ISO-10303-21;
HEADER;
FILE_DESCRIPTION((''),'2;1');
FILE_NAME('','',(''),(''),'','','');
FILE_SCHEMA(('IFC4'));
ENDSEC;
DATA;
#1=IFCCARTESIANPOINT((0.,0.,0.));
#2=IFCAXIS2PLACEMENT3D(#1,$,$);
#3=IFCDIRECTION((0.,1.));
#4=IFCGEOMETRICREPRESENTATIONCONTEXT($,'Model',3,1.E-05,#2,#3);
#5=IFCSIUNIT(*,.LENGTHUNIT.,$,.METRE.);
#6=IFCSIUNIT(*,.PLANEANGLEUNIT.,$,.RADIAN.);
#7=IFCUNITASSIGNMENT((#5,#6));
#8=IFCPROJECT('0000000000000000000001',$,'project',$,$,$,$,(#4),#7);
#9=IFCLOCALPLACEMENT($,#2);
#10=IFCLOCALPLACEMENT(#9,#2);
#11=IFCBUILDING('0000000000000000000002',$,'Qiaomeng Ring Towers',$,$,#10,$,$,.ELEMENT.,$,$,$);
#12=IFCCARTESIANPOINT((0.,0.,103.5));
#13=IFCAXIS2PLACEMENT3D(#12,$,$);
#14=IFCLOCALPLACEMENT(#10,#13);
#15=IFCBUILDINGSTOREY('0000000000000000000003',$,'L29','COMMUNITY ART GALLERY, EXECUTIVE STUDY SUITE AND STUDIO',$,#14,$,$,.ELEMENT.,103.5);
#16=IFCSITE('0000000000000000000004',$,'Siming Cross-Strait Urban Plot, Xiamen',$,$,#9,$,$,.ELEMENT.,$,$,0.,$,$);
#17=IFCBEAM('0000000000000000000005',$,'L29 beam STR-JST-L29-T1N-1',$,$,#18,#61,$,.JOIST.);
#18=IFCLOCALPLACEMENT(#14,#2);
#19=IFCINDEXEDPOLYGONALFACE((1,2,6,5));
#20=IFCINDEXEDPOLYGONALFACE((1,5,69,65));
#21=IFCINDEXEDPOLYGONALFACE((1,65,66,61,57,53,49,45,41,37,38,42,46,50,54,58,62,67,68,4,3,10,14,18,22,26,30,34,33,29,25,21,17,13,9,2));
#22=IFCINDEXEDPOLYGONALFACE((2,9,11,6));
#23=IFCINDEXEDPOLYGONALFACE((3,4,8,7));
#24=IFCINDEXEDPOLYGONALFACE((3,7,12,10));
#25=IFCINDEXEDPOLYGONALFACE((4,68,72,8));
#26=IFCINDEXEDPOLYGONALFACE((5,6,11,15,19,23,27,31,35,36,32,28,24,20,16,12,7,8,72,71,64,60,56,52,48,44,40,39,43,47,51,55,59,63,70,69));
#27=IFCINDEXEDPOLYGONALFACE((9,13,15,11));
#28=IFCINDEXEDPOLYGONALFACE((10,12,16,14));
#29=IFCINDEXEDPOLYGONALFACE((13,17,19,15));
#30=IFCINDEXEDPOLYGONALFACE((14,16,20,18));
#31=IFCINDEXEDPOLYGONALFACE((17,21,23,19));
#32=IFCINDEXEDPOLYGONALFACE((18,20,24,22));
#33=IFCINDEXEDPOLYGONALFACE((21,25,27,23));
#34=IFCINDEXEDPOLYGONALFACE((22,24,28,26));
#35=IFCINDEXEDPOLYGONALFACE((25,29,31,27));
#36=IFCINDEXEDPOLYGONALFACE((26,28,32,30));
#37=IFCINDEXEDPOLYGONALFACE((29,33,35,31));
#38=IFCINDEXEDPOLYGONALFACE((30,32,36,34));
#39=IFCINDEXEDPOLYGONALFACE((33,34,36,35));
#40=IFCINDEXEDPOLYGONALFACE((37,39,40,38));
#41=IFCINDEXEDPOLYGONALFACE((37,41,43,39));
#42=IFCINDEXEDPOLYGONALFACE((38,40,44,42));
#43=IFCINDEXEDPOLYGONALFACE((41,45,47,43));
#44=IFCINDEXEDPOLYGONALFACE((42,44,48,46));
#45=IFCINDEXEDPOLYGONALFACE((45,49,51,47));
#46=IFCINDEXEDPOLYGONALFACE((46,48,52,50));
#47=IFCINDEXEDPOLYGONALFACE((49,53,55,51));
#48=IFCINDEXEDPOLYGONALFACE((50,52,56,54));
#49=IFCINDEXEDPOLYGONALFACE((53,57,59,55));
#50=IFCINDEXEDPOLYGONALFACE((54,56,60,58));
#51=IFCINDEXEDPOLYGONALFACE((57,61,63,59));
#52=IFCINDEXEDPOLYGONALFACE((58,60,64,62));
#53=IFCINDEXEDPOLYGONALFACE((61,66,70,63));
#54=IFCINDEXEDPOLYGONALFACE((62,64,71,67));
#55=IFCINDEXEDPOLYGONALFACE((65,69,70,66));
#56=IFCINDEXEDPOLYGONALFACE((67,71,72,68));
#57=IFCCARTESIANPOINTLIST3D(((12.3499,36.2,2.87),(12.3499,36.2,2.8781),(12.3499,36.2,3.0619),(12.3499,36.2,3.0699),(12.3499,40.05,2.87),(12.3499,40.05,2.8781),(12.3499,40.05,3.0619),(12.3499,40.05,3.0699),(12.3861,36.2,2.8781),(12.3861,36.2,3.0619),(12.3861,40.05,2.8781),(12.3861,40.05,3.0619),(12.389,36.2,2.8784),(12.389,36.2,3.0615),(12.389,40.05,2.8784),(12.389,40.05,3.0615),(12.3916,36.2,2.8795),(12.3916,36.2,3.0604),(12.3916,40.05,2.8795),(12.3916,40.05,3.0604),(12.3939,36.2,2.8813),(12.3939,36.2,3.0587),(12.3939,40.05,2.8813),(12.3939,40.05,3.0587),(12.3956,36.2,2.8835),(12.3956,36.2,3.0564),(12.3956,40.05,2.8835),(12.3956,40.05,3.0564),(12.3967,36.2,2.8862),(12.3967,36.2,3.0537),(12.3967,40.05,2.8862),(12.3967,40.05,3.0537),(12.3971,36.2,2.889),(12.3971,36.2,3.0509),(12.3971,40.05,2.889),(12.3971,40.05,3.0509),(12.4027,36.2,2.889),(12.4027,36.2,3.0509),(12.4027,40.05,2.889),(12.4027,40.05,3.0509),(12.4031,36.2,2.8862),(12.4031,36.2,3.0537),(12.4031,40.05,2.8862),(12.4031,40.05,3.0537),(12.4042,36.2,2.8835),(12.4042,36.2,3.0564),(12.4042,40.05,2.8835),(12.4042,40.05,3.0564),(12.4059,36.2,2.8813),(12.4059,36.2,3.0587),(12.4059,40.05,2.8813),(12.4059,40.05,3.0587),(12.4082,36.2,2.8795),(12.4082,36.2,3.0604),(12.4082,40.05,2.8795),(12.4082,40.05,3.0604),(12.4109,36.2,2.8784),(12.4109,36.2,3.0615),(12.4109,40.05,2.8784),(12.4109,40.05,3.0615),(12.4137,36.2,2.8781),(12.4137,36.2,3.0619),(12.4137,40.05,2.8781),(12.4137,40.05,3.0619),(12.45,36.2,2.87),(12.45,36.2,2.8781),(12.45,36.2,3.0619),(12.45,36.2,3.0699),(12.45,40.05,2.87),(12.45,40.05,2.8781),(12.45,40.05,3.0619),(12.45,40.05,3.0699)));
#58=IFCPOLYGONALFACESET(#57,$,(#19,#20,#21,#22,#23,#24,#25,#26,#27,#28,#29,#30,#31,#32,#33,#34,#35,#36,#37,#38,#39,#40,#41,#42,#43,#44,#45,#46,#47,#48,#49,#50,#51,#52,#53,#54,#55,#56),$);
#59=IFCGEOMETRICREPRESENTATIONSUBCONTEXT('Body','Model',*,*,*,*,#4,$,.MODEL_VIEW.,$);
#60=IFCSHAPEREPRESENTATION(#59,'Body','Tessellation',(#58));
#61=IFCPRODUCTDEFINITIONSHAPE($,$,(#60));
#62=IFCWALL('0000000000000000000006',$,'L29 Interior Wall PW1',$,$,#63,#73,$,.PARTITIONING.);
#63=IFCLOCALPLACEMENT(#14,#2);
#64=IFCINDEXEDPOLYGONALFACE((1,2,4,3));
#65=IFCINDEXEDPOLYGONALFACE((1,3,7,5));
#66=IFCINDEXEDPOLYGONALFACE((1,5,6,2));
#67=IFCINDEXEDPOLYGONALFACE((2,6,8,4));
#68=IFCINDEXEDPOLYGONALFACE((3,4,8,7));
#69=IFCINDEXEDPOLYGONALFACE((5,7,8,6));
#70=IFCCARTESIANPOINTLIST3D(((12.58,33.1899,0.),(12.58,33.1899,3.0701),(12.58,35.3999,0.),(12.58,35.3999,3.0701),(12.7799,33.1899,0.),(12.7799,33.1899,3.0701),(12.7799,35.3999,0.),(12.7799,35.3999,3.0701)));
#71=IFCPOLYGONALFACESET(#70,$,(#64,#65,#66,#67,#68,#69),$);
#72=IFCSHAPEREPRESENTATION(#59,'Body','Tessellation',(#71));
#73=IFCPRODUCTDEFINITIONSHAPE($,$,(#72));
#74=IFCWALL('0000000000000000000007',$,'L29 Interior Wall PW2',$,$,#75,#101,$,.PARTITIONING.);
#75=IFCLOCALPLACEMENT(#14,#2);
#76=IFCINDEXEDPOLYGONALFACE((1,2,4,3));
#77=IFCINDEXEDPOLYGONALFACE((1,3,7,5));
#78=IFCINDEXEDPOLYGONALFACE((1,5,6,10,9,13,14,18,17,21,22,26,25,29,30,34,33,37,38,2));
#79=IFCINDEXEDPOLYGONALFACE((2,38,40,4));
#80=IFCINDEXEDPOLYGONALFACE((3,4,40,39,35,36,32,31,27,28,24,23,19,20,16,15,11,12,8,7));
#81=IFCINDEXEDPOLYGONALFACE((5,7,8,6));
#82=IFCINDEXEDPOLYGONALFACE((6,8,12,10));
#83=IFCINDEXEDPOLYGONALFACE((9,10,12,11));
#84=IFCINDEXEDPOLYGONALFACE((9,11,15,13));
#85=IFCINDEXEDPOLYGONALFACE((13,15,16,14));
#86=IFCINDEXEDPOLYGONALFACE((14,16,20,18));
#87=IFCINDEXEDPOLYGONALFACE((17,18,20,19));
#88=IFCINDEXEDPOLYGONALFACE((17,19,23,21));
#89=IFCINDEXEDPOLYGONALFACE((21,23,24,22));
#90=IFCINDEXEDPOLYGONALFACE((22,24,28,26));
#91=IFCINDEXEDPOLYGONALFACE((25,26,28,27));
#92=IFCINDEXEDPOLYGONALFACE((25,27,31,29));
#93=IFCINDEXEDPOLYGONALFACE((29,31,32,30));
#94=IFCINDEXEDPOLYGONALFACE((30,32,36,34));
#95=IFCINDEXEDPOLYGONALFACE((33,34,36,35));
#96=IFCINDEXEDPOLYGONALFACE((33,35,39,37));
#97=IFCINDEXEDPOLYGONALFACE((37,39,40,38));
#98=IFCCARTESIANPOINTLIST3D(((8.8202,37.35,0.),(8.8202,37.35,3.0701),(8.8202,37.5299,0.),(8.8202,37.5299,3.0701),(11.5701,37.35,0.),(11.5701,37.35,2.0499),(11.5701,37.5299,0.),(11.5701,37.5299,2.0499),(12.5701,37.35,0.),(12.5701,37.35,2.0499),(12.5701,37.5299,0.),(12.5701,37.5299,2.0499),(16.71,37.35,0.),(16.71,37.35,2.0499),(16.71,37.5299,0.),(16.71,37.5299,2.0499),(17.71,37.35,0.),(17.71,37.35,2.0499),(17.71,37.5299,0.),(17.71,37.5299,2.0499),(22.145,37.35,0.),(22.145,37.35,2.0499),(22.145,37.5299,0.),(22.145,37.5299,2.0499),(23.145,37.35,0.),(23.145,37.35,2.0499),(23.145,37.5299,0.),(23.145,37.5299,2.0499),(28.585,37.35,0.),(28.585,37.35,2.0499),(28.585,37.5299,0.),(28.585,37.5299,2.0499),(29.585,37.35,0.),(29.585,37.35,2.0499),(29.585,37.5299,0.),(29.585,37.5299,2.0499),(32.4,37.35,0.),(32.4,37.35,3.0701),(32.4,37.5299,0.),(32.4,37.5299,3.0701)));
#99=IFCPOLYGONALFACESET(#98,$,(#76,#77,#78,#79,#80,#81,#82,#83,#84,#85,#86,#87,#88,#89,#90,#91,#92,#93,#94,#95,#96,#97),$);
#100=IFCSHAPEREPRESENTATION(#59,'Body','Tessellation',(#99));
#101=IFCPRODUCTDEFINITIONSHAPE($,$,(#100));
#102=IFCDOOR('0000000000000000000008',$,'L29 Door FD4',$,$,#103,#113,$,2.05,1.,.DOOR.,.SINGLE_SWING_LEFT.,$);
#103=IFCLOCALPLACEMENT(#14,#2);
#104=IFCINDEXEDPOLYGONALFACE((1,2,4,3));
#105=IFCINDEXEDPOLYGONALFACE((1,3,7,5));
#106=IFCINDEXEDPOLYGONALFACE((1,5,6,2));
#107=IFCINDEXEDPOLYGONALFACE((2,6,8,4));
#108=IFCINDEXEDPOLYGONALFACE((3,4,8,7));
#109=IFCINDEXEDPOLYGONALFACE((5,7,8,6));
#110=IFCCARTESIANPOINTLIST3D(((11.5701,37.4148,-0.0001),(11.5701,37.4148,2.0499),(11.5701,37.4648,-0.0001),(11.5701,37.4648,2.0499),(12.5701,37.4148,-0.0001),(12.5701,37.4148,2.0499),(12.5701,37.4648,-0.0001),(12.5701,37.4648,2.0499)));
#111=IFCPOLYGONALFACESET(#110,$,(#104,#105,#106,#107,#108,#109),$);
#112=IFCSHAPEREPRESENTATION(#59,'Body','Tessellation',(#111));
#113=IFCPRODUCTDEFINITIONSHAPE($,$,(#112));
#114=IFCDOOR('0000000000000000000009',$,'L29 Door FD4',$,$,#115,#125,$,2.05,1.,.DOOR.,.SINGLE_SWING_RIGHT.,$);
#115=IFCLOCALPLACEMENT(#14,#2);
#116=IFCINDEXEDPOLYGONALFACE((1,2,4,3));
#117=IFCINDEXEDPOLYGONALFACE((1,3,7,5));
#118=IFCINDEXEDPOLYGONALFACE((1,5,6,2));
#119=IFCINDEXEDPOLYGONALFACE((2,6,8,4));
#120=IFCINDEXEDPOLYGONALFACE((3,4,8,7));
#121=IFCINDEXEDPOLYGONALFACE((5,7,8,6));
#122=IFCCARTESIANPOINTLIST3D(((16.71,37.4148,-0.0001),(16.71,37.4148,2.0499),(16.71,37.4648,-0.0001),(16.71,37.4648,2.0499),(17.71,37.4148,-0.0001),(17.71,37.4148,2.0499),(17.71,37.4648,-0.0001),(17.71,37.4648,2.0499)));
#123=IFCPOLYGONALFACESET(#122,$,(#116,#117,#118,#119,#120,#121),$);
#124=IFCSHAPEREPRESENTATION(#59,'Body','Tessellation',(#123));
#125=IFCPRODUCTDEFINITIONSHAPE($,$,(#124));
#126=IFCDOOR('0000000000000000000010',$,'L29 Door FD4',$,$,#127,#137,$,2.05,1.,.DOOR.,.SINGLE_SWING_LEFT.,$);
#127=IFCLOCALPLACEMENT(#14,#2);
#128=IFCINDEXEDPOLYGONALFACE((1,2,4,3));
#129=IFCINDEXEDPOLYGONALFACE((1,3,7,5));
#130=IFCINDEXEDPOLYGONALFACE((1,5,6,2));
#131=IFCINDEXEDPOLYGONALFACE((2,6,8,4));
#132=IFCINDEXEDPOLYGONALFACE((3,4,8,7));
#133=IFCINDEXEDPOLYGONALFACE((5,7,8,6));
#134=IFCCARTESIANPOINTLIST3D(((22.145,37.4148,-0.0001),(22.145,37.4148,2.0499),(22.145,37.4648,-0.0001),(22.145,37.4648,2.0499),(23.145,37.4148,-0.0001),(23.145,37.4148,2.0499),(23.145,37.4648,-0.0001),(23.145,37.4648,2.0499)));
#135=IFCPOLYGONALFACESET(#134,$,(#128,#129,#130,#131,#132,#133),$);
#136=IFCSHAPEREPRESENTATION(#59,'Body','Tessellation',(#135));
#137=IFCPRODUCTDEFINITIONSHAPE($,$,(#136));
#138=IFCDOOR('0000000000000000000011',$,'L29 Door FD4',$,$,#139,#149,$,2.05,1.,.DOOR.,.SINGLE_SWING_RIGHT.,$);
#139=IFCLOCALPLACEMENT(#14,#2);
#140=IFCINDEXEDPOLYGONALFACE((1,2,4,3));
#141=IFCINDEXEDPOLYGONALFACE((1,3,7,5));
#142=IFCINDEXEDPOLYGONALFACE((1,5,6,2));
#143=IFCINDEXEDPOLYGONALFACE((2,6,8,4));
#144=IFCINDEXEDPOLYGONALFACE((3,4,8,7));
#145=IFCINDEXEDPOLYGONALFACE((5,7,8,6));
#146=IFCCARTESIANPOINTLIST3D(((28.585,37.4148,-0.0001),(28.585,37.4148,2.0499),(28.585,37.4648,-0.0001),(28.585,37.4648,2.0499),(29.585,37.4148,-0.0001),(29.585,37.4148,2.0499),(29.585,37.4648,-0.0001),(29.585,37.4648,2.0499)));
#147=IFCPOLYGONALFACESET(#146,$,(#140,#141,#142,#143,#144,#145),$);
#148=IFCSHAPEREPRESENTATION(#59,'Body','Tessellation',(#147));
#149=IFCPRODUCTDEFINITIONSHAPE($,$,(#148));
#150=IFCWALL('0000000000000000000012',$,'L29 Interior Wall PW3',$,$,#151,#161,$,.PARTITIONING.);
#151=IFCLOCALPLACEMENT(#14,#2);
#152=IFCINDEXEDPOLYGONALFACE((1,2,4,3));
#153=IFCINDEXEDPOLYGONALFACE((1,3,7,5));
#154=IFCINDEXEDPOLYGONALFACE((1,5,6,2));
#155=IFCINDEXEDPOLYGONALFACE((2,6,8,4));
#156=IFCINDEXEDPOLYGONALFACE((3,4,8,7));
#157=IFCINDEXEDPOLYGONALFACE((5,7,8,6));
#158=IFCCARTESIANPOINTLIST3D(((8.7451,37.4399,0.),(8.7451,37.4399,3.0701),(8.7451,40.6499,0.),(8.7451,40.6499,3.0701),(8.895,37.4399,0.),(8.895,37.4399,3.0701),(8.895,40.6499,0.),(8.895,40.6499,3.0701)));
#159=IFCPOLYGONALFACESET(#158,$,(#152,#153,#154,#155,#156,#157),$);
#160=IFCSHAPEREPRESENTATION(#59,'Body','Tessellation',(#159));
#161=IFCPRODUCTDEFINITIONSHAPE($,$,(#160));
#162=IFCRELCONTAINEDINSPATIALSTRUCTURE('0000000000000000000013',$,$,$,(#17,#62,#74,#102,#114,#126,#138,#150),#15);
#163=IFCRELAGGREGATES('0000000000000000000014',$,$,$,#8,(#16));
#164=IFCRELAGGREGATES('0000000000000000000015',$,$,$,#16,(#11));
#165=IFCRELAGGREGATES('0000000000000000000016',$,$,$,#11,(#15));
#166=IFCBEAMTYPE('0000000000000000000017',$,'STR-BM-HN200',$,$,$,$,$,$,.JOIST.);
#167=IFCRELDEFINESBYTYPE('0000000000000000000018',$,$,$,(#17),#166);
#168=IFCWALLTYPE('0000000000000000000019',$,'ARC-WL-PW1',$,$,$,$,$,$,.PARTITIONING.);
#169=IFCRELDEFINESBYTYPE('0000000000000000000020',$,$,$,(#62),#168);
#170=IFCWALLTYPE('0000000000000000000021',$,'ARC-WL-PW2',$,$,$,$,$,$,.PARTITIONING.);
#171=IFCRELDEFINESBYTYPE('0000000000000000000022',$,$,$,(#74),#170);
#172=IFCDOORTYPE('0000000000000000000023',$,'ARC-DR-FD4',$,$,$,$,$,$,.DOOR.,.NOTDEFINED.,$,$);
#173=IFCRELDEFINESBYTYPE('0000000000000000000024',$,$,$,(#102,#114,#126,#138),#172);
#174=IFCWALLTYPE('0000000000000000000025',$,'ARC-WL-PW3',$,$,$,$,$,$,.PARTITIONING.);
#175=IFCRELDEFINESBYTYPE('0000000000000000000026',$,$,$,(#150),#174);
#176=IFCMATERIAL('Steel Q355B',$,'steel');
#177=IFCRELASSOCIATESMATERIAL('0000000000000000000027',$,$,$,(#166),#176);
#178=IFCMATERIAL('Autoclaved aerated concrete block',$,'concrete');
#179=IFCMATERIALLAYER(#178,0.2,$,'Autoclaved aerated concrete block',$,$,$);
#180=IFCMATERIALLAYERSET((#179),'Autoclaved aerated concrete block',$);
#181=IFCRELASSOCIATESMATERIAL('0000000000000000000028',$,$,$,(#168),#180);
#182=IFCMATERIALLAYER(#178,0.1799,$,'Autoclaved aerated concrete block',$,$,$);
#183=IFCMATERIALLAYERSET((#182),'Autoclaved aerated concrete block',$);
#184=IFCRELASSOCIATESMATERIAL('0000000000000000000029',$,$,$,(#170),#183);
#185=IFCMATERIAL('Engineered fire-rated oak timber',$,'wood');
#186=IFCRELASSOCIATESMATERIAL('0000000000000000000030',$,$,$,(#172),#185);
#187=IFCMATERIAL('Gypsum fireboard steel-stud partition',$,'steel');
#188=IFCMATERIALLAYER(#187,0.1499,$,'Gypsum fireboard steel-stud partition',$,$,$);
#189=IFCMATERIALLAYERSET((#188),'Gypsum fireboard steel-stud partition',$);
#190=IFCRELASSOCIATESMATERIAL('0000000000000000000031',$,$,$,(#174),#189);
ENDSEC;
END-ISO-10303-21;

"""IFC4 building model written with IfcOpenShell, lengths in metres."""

from ifc_helpers import new_model, si_unit, direction, frame, frame_2d, origin, origin_2d, place, context, subcontext, project, spatial, rectangle, i_section, extrude, source, transform, mapped, material, layer, layer_set, material_profile, profile_set, type_object, element, fill, save


model = new_model("IFC4")

# Units and contexts
model_context = context("Model", 3, precision=1e-05, world=origin(), true_north=direction((0.0, 1.0)))
body_context = subcontext(model_context, "Body", "Model", "MODEL_VIEW")
ifc_project = project(units=[si_unit("LENGTHUNIT", "METRE"), si_unit("PLANEANGLEUNIT", "RADIAN")], contexts=[model_context])

# Site, building, storey
site_placement = place(None, origin())
site = spatial("IfcSite", under=ifc_project, at=site_placement, Name="Siming Cross-Strait Urban Plot, Xiamen", CompositionType="ELEMENT", RefElevation=0.0)
building_placement = place(site_placement, origin())
building = spatial("IfcBuilding", under=site, at=building_placement, Name="Qiaomeng Ring Towers", CompositionType="ELEMENT")
storey_placement = place(building_placement, frame((0.0, 0.0, 103.5)))
storey = spatial("IfcBuildingStorey", under=building, at=storey_placement, Name="L29", Description="COMMUNITY ART GALLERY, EXECUTIVE STUDY SUITE AND STUDIO", CompositionType="ELEMENT", Elevation=103.5)

# Beam
ifc_material_1 = material(Name="Steel Q355B", Category="steel")
ifc_material_profile = material_profile(ifc_material_1, i_section(OverallWidth=0.1001, OverallDepth=0.2, WebThickness=0.0056, FlangeThickness=0.0081, FilletRadius=0.011, at=origin_2d()), Name="HN 200x100x5.5x8")
ifc_profile_set = profile_set([ifc_material_profile], Name="Steel Q355B")
beam_type = type_object("IfcBeamType", Name="STR-BM-HN200", PredefinedType="JOIST", material=ifc_profile_set)
shared_shape_1 = source(origin(), body_context, "Body", "SweptSolid", [
    extrude(i_section(OverallWidth=0.1001, OverallDepth=0.2, WebThickness=0.0056, FlangeThickness=0.0081, FilletRadius=0.011, at=origin_2d()), origin(), (0.0, 0.0, 1.0), 3.8501),
])
beam_placement = place(storey_placement, frame((12.3999, 36.2, 2.97), z_axis=(0.0, 1.0, 0.0), x_axis=(-1.0, 0.0, 0.0)))
element("IfcBeam", 1, at=beam_placement, inside=storey, type_object=beam_type, Name="L29 beam STR-JST-L29-T1N-1", PredefinedType="JOIST", context=body_context, shape_type="MappedRepresentation", body=[
    mapped(shared_shape_1, transform((0.0, 0.0, 0.0), x_axis=(1.0, 0.0, 0.0), y_axis=(0.0, 1.0, 0.0), z_axis=(0.0, 0.0, 1.0), scale=1.0)),
])

# Wall
ifc_material_2 = material(Name="Autoclaved aerated concrete block", Category="concrete")
ifc_layer_1 = layer(ifc_material_2, 0.2, Name="Autoclaved aerated concrete block")
ifc_layer_set_1 = layer_set([ifc_layer_1], Name="Autoclaved aerated concrete block")
wall_type_1 = type_object("IfcWallType", Name="ARC-WL-PW1", PredefinedType="PARTITIONING", material=ifc_layer_set_1)
wall_1_placement = place(storey_placement, frame((12.6799, 33.1899, 0.0), z_axis=(0.0, 0.0, 1.0), x_axis=(0.0, 1.0, 0.0)))
element("IfcWall", 2, at=wall_1_placement, inside=storey, type_object=wall_type_1, Name="L29 Interior Wall PW1", PredefinedType="PARTITIONING", context=body_context, shape_type="SweptSolid", body=[
    extrude(rectangle(XDim=2.21, YDim=0.2, at=frame_2d((1.105, 0.0))), origin(), (0.0, 0.0, 1.0), 3.0701),
])

# Wall, openings, doors
ifc_layer_2 = layer(ifc_material_2, 0.1799, Name="Autoclaved aerated concrete block")
ifc_layer_set_2 = layer_set([ifc_layer_2], Name="Autoclaved aerated concrete block")
wall_type_2 = type_object("IfcWallType", Name="ARC-WL-PW2", PredefinedType="PARTITIONING", material=ifc_layer_set_2)
wall_2_placement = place(storey_placement, frame((8.8201, 37.4399, 0.0), z_axis=(0.0, 0.0, 1.0), x_axis=(1.0, 0.0, 0.0)))
wall_2 = element("IfcWall", 3, at=wall_2_placement, inside=storey, type_object=wall_type_2, Name="L29 Interior Wall PW2", PredefinedType="PARTITIONING", context=body_context, shape_type="SweptSolid", body=[
    extrude(rectangle(XDim=23.5798, YDim=0.1799, at=frame_2d((11.79, 0.0))), origin(), (0.0, 0.0, 1.0), 3.0701),
])
opening_1_placement = place(wall_2_placement, frame((2.75, 0.0, 0.0)))
opening_1 = element("IfcOpeningElement", 4, at=opening_1_placement, cuts=wall_2, PredefinedType="OPENING", context=body_context, shape_type="SweptSolid", body=[
    extrude(rectangle(XDim=1.0, YDim=2.05, at=frame_2d((0.5, 1.0249))), frame((0.0, 0.0999, 0.0), z_axis=(0.0, -1.0, 0.0), x_axis=(1.0, 0.0, 0.0)), (0.0, 0.0, 1.0), 0.2),
])
opening_2_placement = place(wall_2_placement, frame((7.8899, 0.0, 0.0)))
opening_2 = element("IfcOpeningElement", 5, at=opening_2_placement, cuts=wall_2, PredefinedType="OPENING", context=body_context, shape_type="SweptSolid", body=[
    extrude(rectangle(XDim=1.0, YDim=2.05, at=frame_2d((0.5, 1.0249))), frame((0.0, 0.0999, 0.0), z_axis=(0.0, -1.0, 0.0), x_axis=(1.0, 0.0, 0.0)), (0.0, 0.0, 1.0), 0.2),
])
opening_3_placement = place(wall_2_placement, frame((13.325, 0.0, 0.0)))
opening_3 = element("IfcOpeningElement", 6, at=opening_3_placement, cuts=wall_2, PredefinedType="OPENING", context=body_context, shape_type="SweptSolid", body=[
    extrude(rectangle(XDim=1.0, YDim=2.05, at=frame_2d((0.5, 1.0249))), frame((0.0, 0.0999, 0.0), z_axis=(0.0, -1.0, 0.0), x_axis=(1.0, 0.0, 0.0)), (0.0, 0.0, 1.0), 0.2),
])
opening_4_placement = place(wall_2_placement, frame((19.7649, 0.0, 0.0)))
opening_4 = element("IfcOpeningElement", 7, at=opening_4_placement, cuts=wall_2, PredefinedType="OPENING", context=body_context, shape_type="SweptSolid", body=[
    extrude(rectangle(XDim=1.0, YDim=2.05, at=frame_2d((0.5, 1.0249))), frame((0.0, 0.0999, 0.0), z_axis=(0.0, -1.0, 0.0), x_axis=(1.0, 0.0, 0.0)), (0.0, 0.0, 1.0), 0.2),
])
ifc_material_3 = material(Name="Engineered fire-rated oak timber", Category="wood")
door_type_1 = type_object("IfcDoorType", Name="ARC-DR-FD4", OperationType="NOTDEFINED", PredefinedType="DOOR", material=ifc_material_3)
shared_shape_2 = source(origin(), body_context, "Body", "SweptSolid", [
    extrude(rectangle(XDim=1.0, YDim=2.05, at=frame_2d((0.5, 1.0249))), frame((0.0, 0.0249, 0.0), z_axis=(0.0, -1.0, 0.0), x_axis=(1.0, 0.0, 0.0)), (0.0, 0.0, 1.0), 0.05),
])
door_1_placement = place(opening_1_placement, origin())
door_1 = element("IfcDoor", 8, at=door_1_placement, inside=storey, type_object=door_type_1, Name="L29 Door FD4", OperationType="SINGLE_SWING_LEFT", OverallHeight=2.05, OverallWidth=1.0, PredefinedType="DOOR", context=body_context, shape_type="MappedRepresentation", body=[
    mapped(shared_shape_2, transform((0.0, 0.0, 0.0), x_axis=(1.0, 0.0, 0.0), y_axis=(0.0, 1.0, 0.0), z_axis=(0.0, 0.0, 1.0), scale=1.0)),
])
fill(opening_1, door_1)
door_2_placement = place(opening_2_placement, origin())
door_2 = element("IfcDoor", 9, at=door_2_placement, inside=storey, type_object=door_type_1, Name="L29 Door FD4", OperationType="SINGLE_SWING_RIGHT", OverallHeight=2.05, OverallWidth=1.0, PredefinedType="DOOR", context=body_context, shape_type="MappedRepresentation", body=[
    mapped(shared_shape_2, transform((0.0, 0.0, 0.0), x_axis=(1.0, 0.0, 0.0), y_axis=(0.0, 1.0, 0.0), z_axis=(0.0, 0.0, 1.0), scale=1.0)),
])
fill(opening_2, door_2)
door_3_placement = place(opening_3_placement, origin())
door_3 = element("IfcDoor", 10, at=door_3_placement, inside=storey, type_object=door_type_1, Name="L29 Door FD4", OperationType="SINGLE_SWING_LEFT", OverallHeight=2.05, OverallWidth=1.0, PredefinedType="DOOR", context=body_context, shape_type="MappedRepresentation", body=[
    mapped(shared_shape_2, transform((0.0, 0.0, 0.0), x_axis=(1.0, 0.0, 0.0), y_axis=(0.0, 1.0, 0.0), z_axis=(0.0, 0.0, 1.0), scale=1.0)),
])
fill(opening_3, door_3)
door_4_placement = place(opening_4_placement, origin())
door_4 = element("IfcDoor", 11, at=door_4_placement, inside=storey, type_object=door_type_1, Name="L29 Door FD4", OperationType="SINGLE_SWING_RIGHT", OverallHeight=2.05, OverallWidth=1.0, PredefinedType="DOOR", context=body_context, shape_type="MappedRepresentation", body=[
    mapped(shared_shape_2, transform((0.0, 0.0, 0.0), x_axis=(1.0, 0.0, 0.0), y_axis=(0.0, 1.0, 0.0), z_axis=(0.0, 0.0, 1.0), scale=1.0)),
])
fill(opening_4, door_4)

# Wall
ifc_material_4 = material(Name="Gypsum fireboard steel-stud partition", Category="steel")
ifc_layer_3 = layer(ifc_material_4, 0.1499, Name="Gypsum fireboard steel-stud partition")
ifc_layer_set_3 = layer_set([ifc_layer_3], Name="Gypsum fireboard steel-stud partition")
wall_type_3 = type_object("IfcWallType", Name="ARC-WL-PW3", PredefinedType="PARTITIONING", material=ifc_layer_set_3)
wall_3_placement = place(storey_placement, frame((8.8201, 37.4399, 0.0), z_axis=(0.0, 0.0, 1.0), x_axis=(0.0, 1.0, 0.0)))
element("IfcWall", 12, at=wall_3_placement, inside=storey, type_object=wall_type_3, Name="L29 Interior Wall PW3", PredefinedType="PARTITIONING", context=body_context, shape_type="SweptSolid", body=[
    extrude(rectangle(XDim=3.21, YDim=0.1499, at=frame_2d((1.605, 0.0))), origin(), (0.0, 0.0, 1.0), 3.0701),
])

save(model, "model.ifc")
